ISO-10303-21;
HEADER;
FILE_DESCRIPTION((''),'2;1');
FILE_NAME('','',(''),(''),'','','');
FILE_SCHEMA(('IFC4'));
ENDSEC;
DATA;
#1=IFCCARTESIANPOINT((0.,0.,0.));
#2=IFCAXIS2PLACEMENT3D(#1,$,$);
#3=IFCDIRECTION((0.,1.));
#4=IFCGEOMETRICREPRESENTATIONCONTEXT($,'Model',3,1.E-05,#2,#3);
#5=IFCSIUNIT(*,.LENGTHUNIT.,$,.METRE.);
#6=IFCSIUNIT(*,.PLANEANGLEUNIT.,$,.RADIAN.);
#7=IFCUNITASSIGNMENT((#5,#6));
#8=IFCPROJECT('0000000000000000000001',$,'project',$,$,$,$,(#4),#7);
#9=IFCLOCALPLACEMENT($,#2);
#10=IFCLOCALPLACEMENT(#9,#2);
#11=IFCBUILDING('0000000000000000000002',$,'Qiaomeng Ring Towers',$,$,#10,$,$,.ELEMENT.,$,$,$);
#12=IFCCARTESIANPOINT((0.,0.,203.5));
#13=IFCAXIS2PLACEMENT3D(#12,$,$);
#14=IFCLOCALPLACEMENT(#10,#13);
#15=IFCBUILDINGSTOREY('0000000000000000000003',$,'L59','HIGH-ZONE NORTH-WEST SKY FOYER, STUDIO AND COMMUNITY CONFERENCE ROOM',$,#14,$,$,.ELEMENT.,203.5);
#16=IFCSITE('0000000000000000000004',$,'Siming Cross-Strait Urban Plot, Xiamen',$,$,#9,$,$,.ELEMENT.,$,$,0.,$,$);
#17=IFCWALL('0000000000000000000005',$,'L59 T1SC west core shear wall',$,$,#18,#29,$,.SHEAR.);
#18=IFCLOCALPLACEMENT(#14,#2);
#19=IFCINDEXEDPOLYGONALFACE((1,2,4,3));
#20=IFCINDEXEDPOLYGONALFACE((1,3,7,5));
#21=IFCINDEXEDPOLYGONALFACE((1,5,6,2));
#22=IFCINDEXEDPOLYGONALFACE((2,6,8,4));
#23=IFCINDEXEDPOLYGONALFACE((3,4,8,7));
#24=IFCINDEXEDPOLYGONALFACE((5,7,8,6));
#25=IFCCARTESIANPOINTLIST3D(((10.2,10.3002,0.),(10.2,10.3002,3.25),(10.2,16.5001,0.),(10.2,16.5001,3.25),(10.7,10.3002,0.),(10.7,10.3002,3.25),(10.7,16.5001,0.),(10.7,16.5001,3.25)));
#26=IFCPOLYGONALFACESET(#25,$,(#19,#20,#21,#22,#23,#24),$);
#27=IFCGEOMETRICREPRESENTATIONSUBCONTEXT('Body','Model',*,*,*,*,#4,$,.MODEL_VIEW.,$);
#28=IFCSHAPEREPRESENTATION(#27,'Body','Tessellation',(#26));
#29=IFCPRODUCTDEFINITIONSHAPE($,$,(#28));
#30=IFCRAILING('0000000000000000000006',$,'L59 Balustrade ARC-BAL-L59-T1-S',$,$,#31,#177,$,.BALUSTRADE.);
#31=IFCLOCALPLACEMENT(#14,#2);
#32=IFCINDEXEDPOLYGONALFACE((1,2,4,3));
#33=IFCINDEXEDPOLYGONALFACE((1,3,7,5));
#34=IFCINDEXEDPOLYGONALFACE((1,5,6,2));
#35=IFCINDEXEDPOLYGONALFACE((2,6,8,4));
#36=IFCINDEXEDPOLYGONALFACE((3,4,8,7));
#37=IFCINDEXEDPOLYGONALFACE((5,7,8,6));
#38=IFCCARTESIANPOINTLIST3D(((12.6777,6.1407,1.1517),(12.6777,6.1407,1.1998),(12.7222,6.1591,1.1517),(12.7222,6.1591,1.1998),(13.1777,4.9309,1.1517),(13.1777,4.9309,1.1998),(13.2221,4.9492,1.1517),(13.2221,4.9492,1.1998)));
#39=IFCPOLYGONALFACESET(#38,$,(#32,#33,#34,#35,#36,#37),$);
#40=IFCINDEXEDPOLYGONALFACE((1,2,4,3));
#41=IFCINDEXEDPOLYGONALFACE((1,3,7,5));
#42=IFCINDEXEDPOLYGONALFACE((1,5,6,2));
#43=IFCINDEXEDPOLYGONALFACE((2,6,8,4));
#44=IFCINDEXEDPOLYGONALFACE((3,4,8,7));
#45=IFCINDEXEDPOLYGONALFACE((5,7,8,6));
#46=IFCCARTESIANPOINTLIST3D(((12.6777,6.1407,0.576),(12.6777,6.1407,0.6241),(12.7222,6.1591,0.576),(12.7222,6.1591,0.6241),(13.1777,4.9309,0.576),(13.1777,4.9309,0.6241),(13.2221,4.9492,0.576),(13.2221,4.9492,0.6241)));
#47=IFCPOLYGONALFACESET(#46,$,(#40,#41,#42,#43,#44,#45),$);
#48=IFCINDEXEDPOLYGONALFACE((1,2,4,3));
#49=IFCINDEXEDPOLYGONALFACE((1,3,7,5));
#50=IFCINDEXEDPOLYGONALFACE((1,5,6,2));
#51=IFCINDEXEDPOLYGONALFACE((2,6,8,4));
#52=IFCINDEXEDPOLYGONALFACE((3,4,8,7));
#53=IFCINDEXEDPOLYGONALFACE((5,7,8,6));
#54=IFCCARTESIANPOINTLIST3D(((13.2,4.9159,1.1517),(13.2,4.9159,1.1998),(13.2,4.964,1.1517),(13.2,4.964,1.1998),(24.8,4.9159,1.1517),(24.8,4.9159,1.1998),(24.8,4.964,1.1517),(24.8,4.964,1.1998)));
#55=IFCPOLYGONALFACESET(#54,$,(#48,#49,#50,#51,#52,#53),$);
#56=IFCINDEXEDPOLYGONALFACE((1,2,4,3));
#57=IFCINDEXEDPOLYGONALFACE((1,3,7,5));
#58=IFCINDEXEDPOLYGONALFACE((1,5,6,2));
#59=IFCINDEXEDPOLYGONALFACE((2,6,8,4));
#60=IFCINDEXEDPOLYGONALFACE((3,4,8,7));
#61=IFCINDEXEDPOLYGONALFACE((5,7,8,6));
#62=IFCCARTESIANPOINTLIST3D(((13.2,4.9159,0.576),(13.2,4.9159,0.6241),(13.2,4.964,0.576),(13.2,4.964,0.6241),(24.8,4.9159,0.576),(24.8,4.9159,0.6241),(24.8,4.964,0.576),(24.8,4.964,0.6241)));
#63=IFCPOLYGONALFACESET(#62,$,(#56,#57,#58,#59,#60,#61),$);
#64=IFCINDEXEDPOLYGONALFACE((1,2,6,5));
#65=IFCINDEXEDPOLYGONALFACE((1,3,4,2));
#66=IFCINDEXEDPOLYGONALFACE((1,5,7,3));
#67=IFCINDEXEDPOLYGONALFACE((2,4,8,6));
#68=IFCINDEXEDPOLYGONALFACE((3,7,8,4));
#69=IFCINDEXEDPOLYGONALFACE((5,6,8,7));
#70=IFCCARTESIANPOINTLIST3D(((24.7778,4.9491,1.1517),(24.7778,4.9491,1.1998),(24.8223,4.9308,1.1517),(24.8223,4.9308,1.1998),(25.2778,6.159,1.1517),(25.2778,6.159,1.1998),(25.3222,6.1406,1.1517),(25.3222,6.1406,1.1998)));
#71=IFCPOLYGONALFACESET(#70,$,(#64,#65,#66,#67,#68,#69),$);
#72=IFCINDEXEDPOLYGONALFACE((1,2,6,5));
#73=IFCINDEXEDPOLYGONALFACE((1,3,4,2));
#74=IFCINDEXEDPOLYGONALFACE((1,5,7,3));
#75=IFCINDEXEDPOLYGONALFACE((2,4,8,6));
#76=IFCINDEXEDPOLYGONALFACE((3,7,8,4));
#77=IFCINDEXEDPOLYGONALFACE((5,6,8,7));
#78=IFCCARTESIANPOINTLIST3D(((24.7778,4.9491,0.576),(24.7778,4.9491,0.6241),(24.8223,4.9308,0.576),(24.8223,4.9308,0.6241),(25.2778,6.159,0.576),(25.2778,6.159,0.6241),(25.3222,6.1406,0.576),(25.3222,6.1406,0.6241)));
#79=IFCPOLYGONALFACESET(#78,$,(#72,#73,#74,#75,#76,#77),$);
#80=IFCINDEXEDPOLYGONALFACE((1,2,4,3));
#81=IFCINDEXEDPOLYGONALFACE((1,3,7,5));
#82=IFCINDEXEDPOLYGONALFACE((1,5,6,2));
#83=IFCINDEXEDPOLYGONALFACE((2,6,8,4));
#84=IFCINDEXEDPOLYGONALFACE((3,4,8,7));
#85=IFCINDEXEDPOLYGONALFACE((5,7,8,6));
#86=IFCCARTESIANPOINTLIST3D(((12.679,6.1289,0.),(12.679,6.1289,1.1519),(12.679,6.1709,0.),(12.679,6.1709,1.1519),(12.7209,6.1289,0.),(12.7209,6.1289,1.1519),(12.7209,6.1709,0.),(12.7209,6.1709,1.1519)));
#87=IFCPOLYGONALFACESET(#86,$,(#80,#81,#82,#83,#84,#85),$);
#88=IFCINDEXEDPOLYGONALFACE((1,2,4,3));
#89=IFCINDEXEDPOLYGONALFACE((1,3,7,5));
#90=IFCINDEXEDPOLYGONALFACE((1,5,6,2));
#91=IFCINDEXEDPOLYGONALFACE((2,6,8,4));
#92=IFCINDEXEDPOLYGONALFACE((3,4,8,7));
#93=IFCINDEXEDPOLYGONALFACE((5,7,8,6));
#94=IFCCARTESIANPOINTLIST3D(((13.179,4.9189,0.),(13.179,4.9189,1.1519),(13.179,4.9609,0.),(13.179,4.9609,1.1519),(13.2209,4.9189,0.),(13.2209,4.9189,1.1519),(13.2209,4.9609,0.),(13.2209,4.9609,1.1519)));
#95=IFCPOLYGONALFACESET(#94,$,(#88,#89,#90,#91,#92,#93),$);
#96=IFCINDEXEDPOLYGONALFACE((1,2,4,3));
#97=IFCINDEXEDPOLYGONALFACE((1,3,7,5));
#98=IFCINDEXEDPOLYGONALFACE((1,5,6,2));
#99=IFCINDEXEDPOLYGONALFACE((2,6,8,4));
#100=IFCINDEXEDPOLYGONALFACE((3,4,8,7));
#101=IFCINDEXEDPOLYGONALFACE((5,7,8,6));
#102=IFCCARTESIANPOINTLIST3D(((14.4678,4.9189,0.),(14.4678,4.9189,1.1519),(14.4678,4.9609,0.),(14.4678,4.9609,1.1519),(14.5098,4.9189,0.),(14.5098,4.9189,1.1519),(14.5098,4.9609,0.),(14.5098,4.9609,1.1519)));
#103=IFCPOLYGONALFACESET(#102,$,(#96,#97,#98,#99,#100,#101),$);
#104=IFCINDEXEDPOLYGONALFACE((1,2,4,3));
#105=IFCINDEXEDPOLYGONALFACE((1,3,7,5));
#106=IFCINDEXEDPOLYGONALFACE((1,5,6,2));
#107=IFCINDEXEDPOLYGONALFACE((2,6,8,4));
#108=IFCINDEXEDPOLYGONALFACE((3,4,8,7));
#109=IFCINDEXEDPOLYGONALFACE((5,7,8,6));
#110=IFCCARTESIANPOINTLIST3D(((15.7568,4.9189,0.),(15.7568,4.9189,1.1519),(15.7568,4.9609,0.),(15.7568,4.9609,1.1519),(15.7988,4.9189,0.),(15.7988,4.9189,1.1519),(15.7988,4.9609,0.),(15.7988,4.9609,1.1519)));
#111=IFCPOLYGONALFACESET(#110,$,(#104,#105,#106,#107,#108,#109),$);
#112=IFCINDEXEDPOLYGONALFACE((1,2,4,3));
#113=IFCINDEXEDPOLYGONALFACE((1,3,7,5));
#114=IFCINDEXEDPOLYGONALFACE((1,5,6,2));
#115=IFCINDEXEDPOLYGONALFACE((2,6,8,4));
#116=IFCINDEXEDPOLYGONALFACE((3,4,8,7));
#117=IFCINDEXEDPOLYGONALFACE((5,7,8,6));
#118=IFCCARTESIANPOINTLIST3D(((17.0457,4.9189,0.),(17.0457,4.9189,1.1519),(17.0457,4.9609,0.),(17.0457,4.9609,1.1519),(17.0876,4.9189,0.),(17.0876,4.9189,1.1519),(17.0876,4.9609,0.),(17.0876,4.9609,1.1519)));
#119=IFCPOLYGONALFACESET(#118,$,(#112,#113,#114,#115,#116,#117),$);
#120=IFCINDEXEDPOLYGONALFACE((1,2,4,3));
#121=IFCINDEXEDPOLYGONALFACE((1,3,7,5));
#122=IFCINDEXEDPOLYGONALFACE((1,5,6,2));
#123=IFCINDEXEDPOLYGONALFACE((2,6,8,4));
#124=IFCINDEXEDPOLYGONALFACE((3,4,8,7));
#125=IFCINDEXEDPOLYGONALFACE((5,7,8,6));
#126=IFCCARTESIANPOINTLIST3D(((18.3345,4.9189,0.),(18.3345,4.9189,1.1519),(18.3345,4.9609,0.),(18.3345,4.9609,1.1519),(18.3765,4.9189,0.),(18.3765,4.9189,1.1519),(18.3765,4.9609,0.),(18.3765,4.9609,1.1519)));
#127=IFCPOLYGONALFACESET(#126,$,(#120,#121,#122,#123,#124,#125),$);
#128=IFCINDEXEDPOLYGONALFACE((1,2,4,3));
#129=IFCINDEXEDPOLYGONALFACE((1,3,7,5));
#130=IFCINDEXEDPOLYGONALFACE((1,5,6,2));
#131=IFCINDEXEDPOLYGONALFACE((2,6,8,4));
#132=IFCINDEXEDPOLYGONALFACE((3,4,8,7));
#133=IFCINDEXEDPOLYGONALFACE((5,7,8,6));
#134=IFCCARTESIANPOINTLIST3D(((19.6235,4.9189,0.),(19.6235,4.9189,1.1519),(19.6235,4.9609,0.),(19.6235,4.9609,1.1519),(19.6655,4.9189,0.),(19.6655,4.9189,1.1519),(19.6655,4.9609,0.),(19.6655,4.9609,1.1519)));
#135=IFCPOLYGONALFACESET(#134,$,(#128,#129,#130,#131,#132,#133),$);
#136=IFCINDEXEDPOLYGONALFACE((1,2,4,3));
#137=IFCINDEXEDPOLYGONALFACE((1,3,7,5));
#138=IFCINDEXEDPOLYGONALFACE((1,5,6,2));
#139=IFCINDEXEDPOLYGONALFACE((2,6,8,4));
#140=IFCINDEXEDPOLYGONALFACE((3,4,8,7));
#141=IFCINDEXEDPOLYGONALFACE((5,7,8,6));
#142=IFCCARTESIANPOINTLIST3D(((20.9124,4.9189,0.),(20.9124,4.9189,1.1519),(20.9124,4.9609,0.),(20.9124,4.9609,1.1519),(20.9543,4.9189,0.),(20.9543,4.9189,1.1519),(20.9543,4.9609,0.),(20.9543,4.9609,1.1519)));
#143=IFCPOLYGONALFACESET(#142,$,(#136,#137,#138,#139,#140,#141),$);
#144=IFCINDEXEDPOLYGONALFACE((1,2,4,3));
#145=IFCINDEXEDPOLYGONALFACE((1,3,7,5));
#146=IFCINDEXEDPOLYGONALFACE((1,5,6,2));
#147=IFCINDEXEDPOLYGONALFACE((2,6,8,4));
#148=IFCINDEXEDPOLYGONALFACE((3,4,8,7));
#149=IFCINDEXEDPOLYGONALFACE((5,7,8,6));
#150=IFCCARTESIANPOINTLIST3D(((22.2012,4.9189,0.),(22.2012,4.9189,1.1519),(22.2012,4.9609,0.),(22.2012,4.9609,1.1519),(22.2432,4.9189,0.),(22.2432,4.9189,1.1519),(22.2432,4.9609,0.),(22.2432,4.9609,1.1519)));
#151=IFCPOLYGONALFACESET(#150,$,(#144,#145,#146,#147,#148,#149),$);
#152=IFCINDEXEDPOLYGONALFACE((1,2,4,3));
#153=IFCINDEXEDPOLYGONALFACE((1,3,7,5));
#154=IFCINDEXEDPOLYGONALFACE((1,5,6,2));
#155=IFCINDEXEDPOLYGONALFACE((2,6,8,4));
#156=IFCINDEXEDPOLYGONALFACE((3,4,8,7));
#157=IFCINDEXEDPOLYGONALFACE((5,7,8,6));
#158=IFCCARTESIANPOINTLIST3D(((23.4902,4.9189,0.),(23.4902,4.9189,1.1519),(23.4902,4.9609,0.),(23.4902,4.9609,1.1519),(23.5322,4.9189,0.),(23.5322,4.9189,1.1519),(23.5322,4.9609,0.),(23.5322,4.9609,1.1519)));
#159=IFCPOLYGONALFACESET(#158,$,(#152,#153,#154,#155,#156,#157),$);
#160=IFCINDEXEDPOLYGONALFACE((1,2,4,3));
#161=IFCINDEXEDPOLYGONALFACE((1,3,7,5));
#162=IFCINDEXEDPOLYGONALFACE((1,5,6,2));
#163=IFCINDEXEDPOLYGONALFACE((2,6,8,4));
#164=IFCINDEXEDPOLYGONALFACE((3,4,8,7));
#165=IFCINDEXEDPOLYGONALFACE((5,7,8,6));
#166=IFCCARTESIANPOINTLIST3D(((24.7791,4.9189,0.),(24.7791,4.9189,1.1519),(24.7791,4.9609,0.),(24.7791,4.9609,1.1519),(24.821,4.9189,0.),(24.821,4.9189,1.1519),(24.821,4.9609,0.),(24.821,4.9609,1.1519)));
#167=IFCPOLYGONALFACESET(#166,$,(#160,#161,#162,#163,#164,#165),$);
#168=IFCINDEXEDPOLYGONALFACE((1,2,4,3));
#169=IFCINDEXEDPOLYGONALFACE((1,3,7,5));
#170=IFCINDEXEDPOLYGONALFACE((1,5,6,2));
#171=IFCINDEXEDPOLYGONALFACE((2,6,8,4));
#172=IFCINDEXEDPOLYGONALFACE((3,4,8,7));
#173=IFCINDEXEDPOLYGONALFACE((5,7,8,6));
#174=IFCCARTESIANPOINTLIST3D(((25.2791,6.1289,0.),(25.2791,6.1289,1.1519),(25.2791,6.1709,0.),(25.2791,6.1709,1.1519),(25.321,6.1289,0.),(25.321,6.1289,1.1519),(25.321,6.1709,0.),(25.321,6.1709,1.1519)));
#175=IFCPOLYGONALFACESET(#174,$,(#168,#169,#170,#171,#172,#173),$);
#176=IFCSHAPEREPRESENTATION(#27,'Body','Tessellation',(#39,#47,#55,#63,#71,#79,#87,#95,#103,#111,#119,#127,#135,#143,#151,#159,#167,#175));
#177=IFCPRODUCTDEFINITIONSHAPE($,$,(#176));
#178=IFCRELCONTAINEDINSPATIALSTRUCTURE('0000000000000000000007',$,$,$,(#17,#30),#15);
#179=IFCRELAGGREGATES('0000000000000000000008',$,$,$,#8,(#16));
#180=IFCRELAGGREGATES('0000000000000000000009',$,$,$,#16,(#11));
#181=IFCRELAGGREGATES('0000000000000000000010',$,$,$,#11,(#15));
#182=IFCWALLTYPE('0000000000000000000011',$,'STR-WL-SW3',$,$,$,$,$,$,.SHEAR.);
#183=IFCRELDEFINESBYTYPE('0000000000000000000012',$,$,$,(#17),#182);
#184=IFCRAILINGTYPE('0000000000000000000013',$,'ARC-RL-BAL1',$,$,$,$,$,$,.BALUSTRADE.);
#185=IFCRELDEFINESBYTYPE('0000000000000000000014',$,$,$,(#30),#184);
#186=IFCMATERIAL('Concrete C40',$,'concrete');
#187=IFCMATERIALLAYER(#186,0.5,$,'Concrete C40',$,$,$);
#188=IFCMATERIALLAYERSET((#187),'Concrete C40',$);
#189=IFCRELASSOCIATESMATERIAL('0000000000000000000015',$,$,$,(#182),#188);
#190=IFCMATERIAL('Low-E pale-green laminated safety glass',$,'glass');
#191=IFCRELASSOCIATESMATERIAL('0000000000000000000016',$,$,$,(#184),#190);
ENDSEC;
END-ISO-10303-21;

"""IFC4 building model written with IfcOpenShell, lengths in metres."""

from ifc_helpers import new_model, si_unit, direction, frame, frame_2d, origin, origin_2d, place, context, subcontext, project, spatial, rectangle, extrude, material, layer, layer_set, type_object, element, save


model = new_model("IFC4")

# Units and contexts
model_context = context("Model", 3, precision=1e-05, world=origin(), true_north=direction((0.0, 1.0)))
body_context = subcontext(model_context, "Body", "Model", "MODEL_VIEW")
ifc_project = project(units=[si_unit("LENGTHUNIT", "METRE"), si_unit("PLANEANGLEUNIT", "RADIAN")], contexts=[model_context])

# Site, building, storey
site_placement = place(None, origin())
site = spatial("IfcSite", under=ifc_project, at=site_placement, Name="Siming Cross-Strait Urban Plot, Xiamen", CompositionType="ELEMENT", RefElevation=0.0)
building_placement = place(site_placement, origin())
building = spatial("IfcBuilding", under=site, at=building_placement, Name="Qiaomeng Ring Towers", CompositionType="ELEMENT")
storey_placement = place(building_placement, frame((0.0, 0.0, 203.5)))
storey = spatial("IfcBuildingStorey", under=building, at=storey_placement, Name="L59", Description="HIGH-ZONE NORTH-WEST SKY FOYER, STUDIO AND COMMUNITY CONFERENCE ROOM", CompositionType="ELEMENT", Elevation=203.5)

# Shared definitions
ifc_material_1 = material(Name="Concrete C40", Category="concrete")

# Shared definitions
ifc_layer_1 = layer(ifc_material_1, 0.5, Name="Concrete C40")
ifc_layer_set_1 = layer_set([ifc_layer_1], Name="Concrete C40")
wall_type_1 = type_object("IfcWallType", Name="STR-WL-SW3", PredefinedType="SHEAR", material=ifc_layer_set_1)

# Wall
wall_1_placement = place(storey_placement, frame((10.45, 10.3, 0.0), z_axis=(0.0, 0.0, 1.0), x_axis=(0.0, 1.0, 0.0)))
element("IfcWall", 1, at=wall_1_placement, inside=storey, type_object=wall_type_1, Name="L59 T1SC west core shear wall", PredefinedType="SHEAR", context=body_context, shape_type="SweptSolid", body=[
    extrude(rectangle(XDim=6.2, YDim=0.5, at=frame_2d((3.1001, 0.0))), origin(), (0.0, 0.0, 1.0), 3.25),
])

# Railing
ifc_material_2 = material(Name="Low-E pale-green laminated safety glass", Category="glass")
railing_type = type_object("IfcRailingType", Name="ARC-RL-BAL1", PredefinedType="BALUSTRADE", material=ifc_material_2)
railing_placement = place(storey_placement, frame((12.7, 6.1499, 0.0)))
element("IfcRailing", 2, at=railing_placement, inside=storey, type_object=railing_type, Name="L59 Balustrade ARC-BAL-L59-T1-S", PredefinedType="BALUSTRADE", context=body_context, shape_type="SweptSolid", body=[
    extrude(rectangle(XDim=0.0481, YDim=0.0481, at=origin_2d()), frame((0.0, 0.0, 1.1758), z_axis=(0.381913, -0.924198, 0.0), x_axis=(0.924198, 0.381913, 0.0)), (0.0, 0.0, 1.0), 1.3091),
    extrude(rectangle(XDim=0.0481, YDim=0.0481, at=origin_2d()), frame((0.0, 0.0, 0.6001), z_axis=(0.381913, -0.924198, 0.0), x_axis=(0.924198, 0.381913, 0.0)), (0.0, 0.0, 1.0), 1.3091),
    extrude(rectangle(XDim=0.0481, YDim=0.0481, at=origin_2d()), frame((0.5, -1.21, 1.1758), z_axis=(1.0, 0.0, 0.0), x_axis=(0.0, 1.0, 0.0)), (0.0, 0.0, 1.0), 11.6001),
    extrude(rectangle(XDim=0.0481, YDim=0.0481, at=origin_2d()), frame((0.5, -1.21, 0.6001), z_axis=(1.0, 0.0, 0.0), x_axis=(0.0, 1.0, 0.0)), (0.0, 0.0, 1.0), 11.6001),
    extrude(rectangle(XDim=0.0481, YDim=0.0481, at=origin_2d()), frame((12.1001, -1.21, 1.1758), z_axis=(0.381913, 0.924198, 0.0), x_axis=(-0.924198, 0.381913, 0.0)), (0.0, 0.0, 1.0), 1.3091),
    extrude(rectangle(XDim=0.0481, YDim=0.0481, at=origin_2d()), frame((12.1001, -1.21, 0.6001), z_axis=(0.381913, 0.924198, 0.0), x_axis=(-0.924198, 0.381913, 0.0)), (0.0, 0.0, 1.0), 1.3091),
    extrude(rectangle(XDim=0.042, YDim=0.042, at=origin_2d()), origin(), (0.0, 0.0, 1.0), 1.1519),
    extrude(rectangle(XDim=0.042, YDim=0.042, at=origin_2d()), frame((0.5, -1.21, 0.0)), (0.0, 0.0, 1.0), 1.1519),
    extrude(rectangle(XDim=0.042, YDim=0.042, at=origin_2d()), frame((1.7888, -1.21, 0.0)), (0.0, 0.0, 1.0), 1.1519),
    extrude(rectangle(XDim=0.042, YDim=0.042, at=origin_2d()), frame((3.0779, -1.21, 0.0)), (0.0, 0.0, 1.0), 1.1519),
    extrude(rectangle(XDim=0.042, YDim=0.042, at=origin_2d()), frame((4.3667, -1.21, 0.0)), (0.0, 0.0, 1.0), 1.1519),
    extrude(rectangle(XDim=0.042, YDim=0.042, at=origin_2d()), frame((5.6555, -1.21, 0.0)), (0.0, 0.0, 1.0), 1.1519),
    extrude(rectangle(XDim=0.042, YDim=0.042, at=origin_2d()), frame((6.9446, -1.21, 0.0)), (0.0, 0.0, 1.0), 1.1519),
    extrude(rectangle(XDim=0.042, YDim=0.042, at=origin_2d()), frame((8.2334, -1.21, 0.0)), (0.0, 0.0, 1.0), 1.1519),
    extrude(rectangle(XDim=0.042, YDim=0.042, at=origin_2d()), frame((9.5222, -1.21, 0.0)), (0.0, 0.0, 1.0), 1.1519),
    extrude(rectangle(XDim=0.042, YDim=0.042, at=origin_2d()), frame((10.8113, -1.21, 0.0)), (0.0, 0.0, 1.0), 1.1519),
    extrude(rectangle(XDim=0.042, YDim=0.042, at=origin_2d()), frame((12.1001, -1.21, 0.0)), (0.0, 0.0, 1.0), 1.1519),
    extrude(rectangle(XDim=0.042, YDim=0.042, at=origin_2d()), frame((12.6001, 0.0, 0.0)), (0.0, 0.0, 1.0), 1.1519),
])

save(model, "model.ifc")
